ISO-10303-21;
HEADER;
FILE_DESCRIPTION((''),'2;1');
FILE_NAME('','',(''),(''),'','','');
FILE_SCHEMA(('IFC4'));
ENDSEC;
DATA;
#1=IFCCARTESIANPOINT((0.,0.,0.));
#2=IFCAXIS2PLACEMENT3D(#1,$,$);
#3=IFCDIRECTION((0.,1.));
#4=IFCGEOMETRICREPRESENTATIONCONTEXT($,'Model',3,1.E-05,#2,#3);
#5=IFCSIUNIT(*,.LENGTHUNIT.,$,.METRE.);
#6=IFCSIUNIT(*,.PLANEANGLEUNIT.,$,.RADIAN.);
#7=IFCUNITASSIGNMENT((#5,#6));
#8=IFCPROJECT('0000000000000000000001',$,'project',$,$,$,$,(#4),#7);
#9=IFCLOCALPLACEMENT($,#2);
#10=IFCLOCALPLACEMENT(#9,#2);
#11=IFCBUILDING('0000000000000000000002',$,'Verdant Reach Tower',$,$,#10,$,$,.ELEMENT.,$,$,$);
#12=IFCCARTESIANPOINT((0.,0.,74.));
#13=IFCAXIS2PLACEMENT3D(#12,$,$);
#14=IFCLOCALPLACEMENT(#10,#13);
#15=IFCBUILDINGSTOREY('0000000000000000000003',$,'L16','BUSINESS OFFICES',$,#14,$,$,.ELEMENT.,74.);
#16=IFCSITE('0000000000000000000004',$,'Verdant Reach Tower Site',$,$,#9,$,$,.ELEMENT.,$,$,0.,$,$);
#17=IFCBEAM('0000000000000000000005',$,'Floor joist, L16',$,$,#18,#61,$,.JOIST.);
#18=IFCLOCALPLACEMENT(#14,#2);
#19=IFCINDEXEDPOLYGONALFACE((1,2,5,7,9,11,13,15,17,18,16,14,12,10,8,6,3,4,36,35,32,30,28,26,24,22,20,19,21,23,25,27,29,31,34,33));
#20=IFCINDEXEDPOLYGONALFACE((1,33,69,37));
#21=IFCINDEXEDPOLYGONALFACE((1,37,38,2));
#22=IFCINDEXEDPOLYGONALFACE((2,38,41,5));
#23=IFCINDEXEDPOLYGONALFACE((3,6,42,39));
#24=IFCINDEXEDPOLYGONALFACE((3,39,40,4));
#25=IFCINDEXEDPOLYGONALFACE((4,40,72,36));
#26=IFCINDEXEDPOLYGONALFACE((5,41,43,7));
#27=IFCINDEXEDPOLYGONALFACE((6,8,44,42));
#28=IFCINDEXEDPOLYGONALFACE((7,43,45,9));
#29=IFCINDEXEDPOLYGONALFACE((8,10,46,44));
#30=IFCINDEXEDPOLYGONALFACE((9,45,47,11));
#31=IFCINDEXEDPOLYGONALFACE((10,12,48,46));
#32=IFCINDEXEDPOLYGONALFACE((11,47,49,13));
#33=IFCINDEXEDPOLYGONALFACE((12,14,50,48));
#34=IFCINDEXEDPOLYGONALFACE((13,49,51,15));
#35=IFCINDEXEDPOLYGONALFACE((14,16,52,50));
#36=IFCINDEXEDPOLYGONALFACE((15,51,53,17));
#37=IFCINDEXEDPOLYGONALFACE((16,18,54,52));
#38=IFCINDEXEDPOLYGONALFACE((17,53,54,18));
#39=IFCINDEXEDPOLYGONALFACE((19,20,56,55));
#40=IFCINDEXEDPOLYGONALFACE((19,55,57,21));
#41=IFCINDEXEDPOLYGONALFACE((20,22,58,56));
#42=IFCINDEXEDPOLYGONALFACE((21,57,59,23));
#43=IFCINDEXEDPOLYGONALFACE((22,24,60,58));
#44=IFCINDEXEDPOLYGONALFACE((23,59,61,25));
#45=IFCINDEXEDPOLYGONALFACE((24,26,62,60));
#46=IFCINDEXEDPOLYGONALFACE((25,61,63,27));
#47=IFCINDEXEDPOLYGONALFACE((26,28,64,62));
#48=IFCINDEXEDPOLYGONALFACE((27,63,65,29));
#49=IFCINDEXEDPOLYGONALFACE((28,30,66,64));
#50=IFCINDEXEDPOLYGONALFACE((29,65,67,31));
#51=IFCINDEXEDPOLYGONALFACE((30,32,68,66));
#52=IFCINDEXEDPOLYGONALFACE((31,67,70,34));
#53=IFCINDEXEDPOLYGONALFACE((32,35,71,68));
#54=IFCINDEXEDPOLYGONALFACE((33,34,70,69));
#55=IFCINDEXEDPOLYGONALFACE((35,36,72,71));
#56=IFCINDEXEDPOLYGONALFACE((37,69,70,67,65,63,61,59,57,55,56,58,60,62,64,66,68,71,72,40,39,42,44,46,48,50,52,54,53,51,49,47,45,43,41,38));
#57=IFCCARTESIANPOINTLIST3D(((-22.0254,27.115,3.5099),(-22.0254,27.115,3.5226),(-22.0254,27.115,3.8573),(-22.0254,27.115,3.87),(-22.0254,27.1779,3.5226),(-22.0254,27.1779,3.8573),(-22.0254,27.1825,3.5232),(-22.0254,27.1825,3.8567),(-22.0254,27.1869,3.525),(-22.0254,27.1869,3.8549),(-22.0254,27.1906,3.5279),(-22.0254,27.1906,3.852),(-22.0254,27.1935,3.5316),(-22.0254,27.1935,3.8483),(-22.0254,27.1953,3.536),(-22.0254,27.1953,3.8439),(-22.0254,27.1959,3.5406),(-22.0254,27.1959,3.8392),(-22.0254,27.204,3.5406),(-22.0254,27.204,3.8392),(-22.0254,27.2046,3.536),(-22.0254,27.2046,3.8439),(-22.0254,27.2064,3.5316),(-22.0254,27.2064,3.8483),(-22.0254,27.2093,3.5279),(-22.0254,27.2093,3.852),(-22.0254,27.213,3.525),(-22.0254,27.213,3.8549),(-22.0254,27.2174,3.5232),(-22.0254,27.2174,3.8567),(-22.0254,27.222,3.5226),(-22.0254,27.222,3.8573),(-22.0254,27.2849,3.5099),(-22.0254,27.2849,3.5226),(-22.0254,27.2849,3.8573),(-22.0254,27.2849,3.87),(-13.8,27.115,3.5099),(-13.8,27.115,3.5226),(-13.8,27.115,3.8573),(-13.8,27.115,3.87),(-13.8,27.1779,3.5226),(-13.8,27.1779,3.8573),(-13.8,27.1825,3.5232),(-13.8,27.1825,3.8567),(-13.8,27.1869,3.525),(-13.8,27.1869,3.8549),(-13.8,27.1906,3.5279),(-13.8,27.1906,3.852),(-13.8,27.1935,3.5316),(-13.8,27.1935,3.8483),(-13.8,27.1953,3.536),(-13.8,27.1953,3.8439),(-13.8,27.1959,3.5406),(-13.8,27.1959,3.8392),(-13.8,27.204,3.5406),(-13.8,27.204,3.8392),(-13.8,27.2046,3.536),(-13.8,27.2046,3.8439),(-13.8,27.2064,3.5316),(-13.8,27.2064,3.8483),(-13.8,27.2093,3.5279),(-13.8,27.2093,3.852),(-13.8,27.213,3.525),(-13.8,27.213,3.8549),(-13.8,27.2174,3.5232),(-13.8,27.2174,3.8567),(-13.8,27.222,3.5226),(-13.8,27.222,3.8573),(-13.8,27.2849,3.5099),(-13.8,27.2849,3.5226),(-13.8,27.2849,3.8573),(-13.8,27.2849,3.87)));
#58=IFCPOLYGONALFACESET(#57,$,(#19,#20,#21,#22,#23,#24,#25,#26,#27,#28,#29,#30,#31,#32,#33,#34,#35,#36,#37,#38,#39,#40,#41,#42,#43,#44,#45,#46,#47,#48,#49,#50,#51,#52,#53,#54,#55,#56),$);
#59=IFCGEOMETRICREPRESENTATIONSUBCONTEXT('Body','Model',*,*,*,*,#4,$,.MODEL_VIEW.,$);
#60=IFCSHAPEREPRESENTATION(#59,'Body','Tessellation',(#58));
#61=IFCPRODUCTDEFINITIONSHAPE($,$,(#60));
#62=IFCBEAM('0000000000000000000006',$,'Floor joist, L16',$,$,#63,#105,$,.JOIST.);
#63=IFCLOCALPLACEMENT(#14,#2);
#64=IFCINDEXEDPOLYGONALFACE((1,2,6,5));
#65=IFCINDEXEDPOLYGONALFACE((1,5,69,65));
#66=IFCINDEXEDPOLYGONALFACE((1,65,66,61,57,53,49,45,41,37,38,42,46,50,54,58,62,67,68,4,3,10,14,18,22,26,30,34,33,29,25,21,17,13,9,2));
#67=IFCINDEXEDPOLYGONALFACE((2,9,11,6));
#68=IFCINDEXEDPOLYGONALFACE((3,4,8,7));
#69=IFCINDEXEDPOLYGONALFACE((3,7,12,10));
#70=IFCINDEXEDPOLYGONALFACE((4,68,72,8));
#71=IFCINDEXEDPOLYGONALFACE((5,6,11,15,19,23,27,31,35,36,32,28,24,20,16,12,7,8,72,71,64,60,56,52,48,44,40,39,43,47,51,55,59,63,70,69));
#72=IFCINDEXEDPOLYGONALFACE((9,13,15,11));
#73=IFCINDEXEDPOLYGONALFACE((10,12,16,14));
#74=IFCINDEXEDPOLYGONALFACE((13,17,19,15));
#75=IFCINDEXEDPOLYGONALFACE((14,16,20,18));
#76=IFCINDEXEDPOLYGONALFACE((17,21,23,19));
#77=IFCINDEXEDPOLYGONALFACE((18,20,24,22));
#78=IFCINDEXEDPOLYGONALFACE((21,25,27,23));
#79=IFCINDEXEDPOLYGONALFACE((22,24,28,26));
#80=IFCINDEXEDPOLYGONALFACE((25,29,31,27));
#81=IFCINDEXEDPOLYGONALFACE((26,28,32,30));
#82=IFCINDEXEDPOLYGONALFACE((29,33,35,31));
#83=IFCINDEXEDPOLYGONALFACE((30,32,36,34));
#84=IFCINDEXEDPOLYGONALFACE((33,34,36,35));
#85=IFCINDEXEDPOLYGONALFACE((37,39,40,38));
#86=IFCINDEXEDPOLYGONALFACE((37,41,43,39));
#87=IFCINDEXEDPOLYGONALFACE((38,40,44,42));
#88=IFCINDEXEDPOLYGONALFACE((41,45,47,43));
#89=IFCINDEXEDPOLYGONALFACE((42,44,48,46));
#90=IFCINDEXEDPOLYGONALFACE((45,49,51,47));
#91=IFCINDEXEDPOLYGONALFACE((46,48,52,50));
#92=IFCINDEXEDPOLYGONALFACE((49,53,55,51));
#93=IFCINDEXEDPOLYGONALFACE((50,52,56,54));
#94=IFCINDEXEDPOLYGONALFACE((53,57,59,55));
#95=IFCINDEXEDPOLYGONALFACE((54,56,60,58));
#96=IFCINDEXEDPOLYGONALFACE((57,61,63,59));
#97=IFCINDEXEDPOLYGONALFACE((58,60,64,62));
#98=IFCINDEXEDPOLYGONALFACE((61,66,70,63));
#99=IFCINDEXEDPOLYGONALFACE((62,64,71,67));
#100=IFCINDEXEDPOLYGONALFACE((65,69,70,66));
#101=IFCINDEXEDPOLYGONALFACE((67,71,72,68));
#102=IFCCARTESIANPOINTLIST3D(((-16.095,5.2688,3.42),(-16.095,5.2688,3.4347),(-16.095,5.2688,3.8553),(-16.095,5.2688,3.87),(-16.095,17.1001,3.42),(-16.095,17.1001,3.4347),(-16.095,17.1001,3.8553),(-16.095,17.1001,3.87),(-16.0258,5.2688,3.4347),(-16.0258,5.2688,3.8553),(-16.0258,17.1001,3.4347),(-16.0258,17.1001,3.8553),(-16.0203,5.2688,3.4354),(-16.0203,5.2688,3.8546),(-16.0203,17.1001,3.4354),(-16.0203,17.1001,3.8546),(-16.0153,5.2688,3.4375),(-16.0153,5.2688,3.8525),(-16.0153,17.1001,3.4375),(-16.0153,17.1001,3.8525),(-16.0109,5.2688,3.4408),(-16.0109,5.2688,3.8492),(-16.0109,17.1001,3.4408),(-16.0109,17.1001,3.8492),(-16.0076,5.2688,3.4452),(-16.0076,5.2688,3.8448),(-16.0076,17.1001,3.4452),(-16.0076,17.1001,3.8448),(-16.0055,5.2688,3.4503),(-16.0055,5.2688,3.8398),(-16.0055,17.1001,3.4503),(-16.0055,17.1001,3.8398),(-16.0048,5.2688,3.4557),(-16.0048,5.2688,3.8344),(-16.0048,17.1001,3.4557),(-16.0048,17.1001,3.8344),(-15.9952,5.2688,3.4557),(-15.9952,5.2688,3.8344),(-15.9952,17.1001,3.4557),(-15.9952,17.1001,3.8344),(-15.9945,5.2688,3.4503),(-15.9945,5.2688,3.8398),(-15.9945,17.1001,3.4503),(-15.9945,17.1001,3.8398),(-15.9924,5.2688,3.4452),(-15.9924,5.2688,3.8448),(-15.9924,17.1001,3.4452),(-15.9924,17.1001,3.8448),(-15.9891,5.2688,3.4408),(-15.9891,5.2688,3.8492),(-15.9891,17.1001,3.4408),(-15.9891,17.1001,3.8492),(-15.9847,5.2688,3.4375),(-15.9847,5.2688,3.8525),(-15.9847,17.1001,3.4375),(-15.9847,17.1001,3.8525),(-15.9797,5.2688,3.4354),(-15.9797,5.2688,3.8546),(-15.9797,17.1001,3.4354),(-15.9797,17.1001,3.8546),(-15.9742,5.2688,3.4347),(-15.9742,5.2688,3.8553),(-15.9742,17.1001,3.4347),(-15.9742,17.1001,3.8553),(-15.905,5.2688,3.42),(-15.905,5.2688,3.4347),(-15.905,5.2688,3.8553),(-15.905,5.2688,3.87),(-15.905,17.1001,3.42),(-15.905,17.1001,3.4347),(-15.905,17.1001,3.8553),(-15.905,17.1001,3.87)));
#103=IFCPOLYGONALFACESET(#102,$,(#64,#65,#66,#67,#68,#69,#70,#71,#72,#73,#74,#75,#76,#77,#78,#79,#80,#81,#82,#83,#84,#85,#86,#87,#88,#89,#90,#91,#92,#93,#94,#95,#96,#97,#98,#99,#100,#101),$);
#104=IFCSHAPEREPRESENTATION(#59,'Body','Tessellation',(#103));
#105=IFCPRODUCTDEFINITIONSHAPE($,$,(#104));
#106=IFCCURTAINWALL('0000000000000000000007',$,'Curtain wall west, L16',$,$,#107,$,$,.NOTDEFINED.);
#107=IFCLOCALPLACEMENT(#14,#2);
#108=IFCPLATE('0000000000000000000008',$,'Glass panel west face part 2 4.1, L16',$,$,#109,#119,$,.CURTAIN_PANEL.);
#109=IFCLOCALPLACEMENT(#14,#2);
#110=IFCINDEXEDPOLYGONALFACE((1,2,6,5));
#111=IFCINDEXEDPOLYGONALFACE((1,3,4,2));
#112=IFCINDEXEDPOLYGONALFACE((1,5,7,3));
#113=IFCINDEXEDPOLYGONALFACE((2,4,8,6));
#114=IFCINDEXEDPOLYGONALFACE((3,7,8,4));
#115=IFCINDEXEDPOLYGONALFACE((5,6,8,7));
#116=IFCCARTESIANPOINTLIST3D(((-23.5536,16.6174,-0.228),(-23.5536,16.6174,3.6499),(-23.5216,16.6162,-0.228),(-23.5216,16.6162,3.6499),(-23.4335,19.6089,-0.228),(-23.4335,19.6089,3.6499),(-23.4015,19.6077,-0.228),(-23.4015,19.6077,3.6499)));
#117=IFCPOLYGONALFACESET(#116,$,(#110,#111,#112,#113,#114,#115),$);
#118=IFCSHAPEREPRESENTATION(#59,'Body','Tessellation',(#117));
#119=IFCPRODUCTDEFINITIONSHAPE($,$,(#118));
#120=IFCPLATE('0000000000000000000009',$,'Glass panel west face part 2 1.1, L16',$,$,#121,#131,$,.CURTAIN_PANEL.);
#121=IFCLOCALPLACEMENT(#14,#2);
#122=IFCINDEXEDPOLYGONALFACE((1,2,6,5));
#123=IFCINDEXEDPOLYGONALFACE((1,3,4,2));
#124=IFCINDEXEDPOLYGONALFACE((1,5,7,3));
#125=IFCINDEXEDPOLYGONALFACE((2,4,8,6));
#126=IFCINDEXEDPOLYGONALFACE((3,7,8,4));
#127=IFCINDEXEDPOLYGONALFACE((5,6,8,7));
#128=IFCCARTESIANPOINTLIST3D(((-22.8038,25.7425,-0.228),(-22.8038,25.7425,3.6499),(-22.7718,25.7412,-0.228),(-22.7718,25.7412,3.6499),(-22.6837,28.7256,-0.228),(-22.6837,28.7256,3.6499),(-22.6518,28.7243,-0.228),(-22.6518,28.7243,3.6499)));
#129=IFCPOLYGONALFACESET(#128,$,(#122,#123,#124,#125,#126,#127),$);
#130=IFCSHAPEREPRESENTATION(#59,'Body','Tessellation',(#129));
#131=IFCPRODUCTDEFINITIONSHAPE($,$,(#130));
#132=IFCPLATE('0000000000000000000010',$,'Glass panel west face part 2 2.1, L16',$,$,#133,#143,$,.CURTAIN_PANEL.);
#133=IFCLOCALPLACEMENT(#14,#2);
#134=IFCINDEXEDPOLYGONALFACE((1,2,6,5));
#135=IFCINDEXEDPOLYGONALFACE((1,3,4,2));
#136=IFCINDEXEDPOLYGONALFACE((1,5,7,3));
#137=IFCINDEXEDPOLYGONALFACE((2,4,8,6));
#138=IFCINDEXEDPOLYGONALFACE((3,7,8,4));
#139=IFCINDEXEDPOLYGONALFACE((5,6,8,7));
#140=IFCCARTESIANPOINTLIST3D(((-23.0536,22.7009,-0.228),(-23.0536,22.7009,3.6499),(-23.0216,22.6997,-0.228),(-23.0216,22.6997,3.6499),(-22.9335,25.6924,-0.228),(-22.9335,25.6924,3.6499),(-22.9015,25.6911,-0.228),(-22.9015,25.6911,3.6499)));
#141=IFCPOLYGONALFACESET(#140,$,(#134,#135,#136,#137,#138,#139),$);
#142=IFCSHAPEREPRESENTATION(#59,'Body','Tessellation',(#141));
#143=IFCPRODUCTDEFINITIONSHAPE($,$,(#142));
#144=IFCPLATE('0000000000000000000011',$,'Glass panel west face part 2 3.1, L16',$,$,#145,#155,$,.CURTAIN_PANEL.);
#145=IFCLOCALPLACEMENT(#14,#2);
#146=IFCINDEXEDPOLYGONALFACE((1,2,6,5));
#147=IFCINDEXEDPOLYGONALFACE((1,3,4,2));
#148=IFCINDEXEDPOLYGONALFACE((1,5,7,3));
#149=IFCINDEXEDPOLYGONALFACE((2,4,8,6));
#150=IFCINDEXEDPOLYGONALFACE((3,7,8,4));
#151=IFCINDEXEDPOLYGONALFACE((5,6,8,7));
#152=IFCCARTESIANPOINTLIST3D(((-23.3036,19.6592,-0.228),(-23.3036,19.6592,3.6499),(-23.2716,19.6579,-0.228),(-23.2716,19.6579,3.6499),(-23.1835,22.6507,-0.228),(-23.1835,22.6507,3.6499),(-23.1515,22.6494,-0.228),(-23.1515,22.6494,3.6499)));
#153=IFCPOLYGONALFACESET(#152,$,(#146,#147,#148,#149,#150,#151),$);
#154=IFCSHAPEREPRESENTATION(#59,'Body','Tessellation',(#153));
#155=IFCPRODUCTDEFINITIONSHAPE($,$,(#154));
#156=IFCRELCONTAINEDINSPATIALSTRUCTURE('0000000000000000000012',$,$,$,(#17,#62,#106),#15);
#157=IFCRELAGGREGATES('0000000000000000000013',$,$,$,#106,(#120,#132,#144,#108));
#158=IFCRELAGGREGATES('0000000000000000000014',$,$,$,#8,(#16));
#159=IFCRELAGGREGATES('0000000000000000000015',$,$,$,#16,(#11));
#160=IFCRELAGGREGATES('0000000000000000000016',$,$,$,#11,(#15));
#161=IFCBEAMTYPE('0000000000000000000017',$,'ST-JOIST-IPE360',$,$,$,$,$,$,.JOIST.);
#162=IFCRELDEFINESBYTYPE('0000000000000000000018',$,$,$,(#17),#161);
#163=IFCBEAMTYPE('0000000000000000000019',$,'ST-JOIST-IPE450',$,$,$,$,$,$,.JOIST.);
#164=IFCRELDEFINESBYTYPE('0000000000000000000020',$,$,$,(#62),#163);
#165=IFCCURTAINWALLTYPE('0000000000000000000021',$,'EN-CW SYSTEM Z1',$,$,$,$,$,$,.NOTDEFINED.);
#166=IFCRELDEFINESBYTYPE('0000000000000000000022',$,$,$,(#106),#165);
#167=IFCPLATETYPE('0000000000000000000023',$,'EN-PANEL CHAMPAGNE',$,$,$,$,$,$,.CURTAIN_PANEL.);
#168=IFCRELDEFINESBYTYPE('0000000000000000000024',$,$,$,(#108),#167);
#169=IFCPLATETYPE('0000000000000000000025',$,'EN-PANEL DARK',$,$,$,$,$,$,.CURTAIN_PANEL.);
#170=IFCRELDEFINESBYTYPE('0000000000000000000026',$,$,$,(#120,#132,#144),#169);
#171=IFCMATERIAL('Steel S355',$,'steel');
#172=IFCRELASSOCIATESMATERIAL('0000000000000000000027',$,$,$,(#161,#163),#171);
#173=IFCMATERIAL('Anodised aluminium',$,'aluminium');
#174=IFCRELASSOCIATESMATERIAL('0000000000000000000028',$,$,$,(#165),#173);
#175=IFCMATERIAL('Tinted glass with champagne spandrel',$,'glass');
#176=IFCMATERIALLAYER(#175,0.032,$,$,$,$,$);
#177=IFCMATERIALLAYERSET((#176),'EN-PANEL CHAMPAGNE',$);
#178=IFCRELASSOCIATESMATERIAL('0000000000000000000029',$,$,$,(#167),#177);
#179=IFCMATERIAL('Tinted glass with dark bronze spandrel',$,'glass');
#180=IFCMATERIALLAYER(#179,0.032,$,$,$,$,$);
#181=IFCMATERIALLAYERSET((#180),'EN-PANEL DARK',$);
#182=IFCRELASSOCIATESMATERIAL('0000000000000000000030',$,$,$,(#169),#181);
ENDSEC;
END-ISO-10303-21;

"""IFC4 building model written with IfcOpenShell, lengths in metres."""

from ifc_helpers import new_model, si_unit, direction, frame, origin, origin_2d, place, context, subcontext, project, spatial, rectangle, i_section, extrude, material, layer, layer_set, material_profile, profile_set, type_object, element, aggregate, save


model = new_model("IFC4")

# Units and contexts
model_context = context("Model", 3, precision=1e-05, world=origin(), true_north=direction((0.0, 1.0)))
body_context = subcontext(model_context, "Body", "Model", "MODEL_VIEW")
ifc_project = project(units=[si_unit("LENGTHUNIT", "METRE"), si_unit("PLANEANGLEUNIT", "RADIAN")], contexts=[model_context])

# Site, building, storey
site_placement = place(None, origin())
site = spatial("IfcSite", under=ifc_project, at=site_placement, Name="Verdant Reach Tower Site", CompositionType="ELEMENT", RefElevation=0.0)
building_placement = place(site_placement, origin())
building = spatial("IfcBuilding", under=site, at=building_placement, Name="Verdant Reach Tower", CompositionType="ELEMENT")
storey_placement = place(building_placement, frame((0.0, 0.0, 74.0)))
storey = spatial("IfcBuildingStorey", under=building, at=storey_placement, Name="L16", Description="BUSINESS OFFICES", CompositionType="ELEMENT", Elevation=74.0)

# Beams
ifc_material_1 = material(Name="Steel S355", Category="steel")
ifc_material_profile_1 = material_profile(ifc_material_1, i_section(OverallWidth=0.1699, OverallDepth=0.3601, WebThickness=0.0081, FlangeThickness=0.0127, FilletRadius=0.0181, at=origin_2d()), Name="IPE 360")
ifc_profile_set_1 = profile_set([ifc_material_profile_1], Name="Steel S355")
beam_type_1 = type_object("IfcBeamType", Name="ST-JOIST-IPE360", PredefinedType="JOIST", material=ifc_profile_set_1)
beam_1_placement = place(storey_placement, frame((-13.8, 27.2, 3.6899), z_axis=(-1.0, 0.0, 0.0), x_axis=(0.0, -1.0, 0.0)))
element("IfcBeam", 1, at=beam_1_placement, inside=storey, type_object=beam_type_1, Name="Floor joist, L16", PredefinedType="JOIST", context=body_context, shape_type="SweptSolid", body=[
    extrude(i_section(OverallWidth=0.1699, OverallDepth=0.3601, WebThickness=0.0081, FlangeThickness=0.0127, FilletRadius=0.0181, at=origin_2d()), origin(), (0.0, 0.0, 1.0), 8.2253),
])
ifc_material_profile_2 = material_profile(ifc_material_1, i_section(OverallWidth=0.1899, OverallDepth=0.45, WebThickness=0.0095, FlangeThickness=0.0146, FilletRadius=0.021, at=origin_2d()), Name="IPE 450")
ifc_profile_set_2 = profile_set([ifc_material_profile_2], Name="Steel S355")
beam_type_2 = type_object("IfcBeamType", Name="ST-JOIST-IPE450", PredefinedType="JOIST", material=ifc_profile_set_2)
beam_2_placement = place(storey_placement, frame((-16.0, 17.1001, 3.645), z_axis=(0.0, -1.0, 0.0), x_axis=(1.0, 0.0, 0.0)))
element("IfcBeam", 2, at=beam_2_placement, inside=storey, type_object=beam_type_2, Name="Floor joist, L16", PredefinedType="JOIST", context=body_context, shape_type="SweptSolid", body=[
    extrude(i_section(OverallWidth=0.1899, OverallDepth=0.45, WebThickness=0.0095, FlangeThickness=0.0146, FilletRadius=0.021, at=origin_2d()), origin(), (0.0, 0.0, 1.0), 11.8313),
])

# Curtain wall, plates
ifc_material_2 = material(Name="Anodised aluminium", Category="aluminium")
curtain_wall_type = type_object("IfcCurtainWallType", Name="EN-CW SYSTEM Z1", PredefinedType="NOTDEFINED", material=ifc_material_2)
curtain_wall_placement = place(storey_placement, origin())
curtain_wall = element("IfcCurtainWall", 3, at=curtain_wall_placement, inside=storey, type_object=curtain_wall_type, Name="Curtain wall west, L16", PredefinedType="NOTDEFINED")
ifc_material_3 = material(Name="Tinted glass with champagne spandrel", Category="glass")
ifc_layer_1 = layer(ifc_material_3, 0.032)
ifc_layer_set_1 = layer_set([ifc_layer_1], Name="EN-PANEL CHAMPAGNE")
plate_type_1 = type_object("IfcPlateType", Name="EN-PANEL CHAMPAGNE", PredefinedType="CURTAIN_PANEL", material=ifc_layer_set_1)
plate_1_placement = place(storey_placement, frame((-23.4775, 18.1125, -0.228), z_axis=(0.0, 0.0, 1.0), x_axis=(-0.040109, -0.999195, 0.0)))
plate_1 = element("IfcPlate", 4, at=plate_1_placement, type_object=plate_type_1, Name="Glass panel west face part 2 4.1, L16", PredefinedType="CURTAIN_PANEL", context=body_context, shape_type="SweptSolid", body=[
    extrude(rectangle(XDim=2.9939, YDim=0.032, at=origin_2d()), origin(), (0.0, 0.0, 1.0), 3.8779),
])
ifc_material_4 = material(Name="Tinted glass with dark bronze spandrel", Category="glass")
ifc_layer_2 = layer(ifc_material_4, 0.032)
ifc_layer_set_2 = layer_set([ifc_layer_2], Name="EN-PANEL DARK")
plate_type_2 = type_object("IfcPlateType", Name="EN-PANEL DARK", PredefinedType="CURTAIN_PANEL", material=ifc_layer_set_2)
plate_2_placement = place(storey_placement, frame((-22.7278, 27.2334, -0.228), z_axis=(0.0, 0.0, 1.0), x_axis=(-0.040222, -0.999191, 0.0)))
plate_2 = element("IfcPlate", 5, at=plate_2_placement, type_object=plate_type_2, Name="Glass panel west face part 2 1.1, L16", PredefinedType="CURTAIN_PANEL", context=body_context, shape_type="SweptSolid", body=[
    extrude(rectangle(XDim=2.9856, YDim=0.032, at=origin_2d()), origin(), (0.0, 0.0, 1.0), 3.8779),
])
plate_3_placement = place(storey_placement, frame((-22.9775, 24.196, -0.228), z_axis=(0.0, 0.0, 1.0), x_axis=(-0.040109, -0.999195, 0.0)))
plate_3 = element("IfcPlate", 6, at=plate_3_placement, type_object=plate_type_2, Name="Glass panel west face part 2 2.1, L16", PredefinedType="CURTAIN_PANEL", context=body_context, shape_type="SweptSolid", body=[
    extrude(rectangle(XDim=2.9939, YDim=0.032, at=origin_2d()), origin(), (0.0, 0.0, 1.0), 3.8779),
])
plate_4_placement = place(storey_placement, frame((-23.2275, 21.1543, -0.228), z_axis=(0.0, 0.0, 1.0), x_axis=(-0.040109, -0.999195, 0.0)))
plate_4 = element("IfcPlate", 7, at=plate_4_placement, type_object=plate_type_2, Name="Glass panel west face part 2 3.1, L16", PredefinedType="CURTAIN_PANEL", context=body_context, shape_type="SweptSolid", body=[
    extrude(rectangle(XDim=2.9939, YDim=0.032, at=origin_2d()), origin(), (0.0, 0.0, 1.0), 3.8779),
])
aggregate(curtain_wall, [plate_2, plate_3, plate_4, plate_1])

save(model, "model.ifc")
